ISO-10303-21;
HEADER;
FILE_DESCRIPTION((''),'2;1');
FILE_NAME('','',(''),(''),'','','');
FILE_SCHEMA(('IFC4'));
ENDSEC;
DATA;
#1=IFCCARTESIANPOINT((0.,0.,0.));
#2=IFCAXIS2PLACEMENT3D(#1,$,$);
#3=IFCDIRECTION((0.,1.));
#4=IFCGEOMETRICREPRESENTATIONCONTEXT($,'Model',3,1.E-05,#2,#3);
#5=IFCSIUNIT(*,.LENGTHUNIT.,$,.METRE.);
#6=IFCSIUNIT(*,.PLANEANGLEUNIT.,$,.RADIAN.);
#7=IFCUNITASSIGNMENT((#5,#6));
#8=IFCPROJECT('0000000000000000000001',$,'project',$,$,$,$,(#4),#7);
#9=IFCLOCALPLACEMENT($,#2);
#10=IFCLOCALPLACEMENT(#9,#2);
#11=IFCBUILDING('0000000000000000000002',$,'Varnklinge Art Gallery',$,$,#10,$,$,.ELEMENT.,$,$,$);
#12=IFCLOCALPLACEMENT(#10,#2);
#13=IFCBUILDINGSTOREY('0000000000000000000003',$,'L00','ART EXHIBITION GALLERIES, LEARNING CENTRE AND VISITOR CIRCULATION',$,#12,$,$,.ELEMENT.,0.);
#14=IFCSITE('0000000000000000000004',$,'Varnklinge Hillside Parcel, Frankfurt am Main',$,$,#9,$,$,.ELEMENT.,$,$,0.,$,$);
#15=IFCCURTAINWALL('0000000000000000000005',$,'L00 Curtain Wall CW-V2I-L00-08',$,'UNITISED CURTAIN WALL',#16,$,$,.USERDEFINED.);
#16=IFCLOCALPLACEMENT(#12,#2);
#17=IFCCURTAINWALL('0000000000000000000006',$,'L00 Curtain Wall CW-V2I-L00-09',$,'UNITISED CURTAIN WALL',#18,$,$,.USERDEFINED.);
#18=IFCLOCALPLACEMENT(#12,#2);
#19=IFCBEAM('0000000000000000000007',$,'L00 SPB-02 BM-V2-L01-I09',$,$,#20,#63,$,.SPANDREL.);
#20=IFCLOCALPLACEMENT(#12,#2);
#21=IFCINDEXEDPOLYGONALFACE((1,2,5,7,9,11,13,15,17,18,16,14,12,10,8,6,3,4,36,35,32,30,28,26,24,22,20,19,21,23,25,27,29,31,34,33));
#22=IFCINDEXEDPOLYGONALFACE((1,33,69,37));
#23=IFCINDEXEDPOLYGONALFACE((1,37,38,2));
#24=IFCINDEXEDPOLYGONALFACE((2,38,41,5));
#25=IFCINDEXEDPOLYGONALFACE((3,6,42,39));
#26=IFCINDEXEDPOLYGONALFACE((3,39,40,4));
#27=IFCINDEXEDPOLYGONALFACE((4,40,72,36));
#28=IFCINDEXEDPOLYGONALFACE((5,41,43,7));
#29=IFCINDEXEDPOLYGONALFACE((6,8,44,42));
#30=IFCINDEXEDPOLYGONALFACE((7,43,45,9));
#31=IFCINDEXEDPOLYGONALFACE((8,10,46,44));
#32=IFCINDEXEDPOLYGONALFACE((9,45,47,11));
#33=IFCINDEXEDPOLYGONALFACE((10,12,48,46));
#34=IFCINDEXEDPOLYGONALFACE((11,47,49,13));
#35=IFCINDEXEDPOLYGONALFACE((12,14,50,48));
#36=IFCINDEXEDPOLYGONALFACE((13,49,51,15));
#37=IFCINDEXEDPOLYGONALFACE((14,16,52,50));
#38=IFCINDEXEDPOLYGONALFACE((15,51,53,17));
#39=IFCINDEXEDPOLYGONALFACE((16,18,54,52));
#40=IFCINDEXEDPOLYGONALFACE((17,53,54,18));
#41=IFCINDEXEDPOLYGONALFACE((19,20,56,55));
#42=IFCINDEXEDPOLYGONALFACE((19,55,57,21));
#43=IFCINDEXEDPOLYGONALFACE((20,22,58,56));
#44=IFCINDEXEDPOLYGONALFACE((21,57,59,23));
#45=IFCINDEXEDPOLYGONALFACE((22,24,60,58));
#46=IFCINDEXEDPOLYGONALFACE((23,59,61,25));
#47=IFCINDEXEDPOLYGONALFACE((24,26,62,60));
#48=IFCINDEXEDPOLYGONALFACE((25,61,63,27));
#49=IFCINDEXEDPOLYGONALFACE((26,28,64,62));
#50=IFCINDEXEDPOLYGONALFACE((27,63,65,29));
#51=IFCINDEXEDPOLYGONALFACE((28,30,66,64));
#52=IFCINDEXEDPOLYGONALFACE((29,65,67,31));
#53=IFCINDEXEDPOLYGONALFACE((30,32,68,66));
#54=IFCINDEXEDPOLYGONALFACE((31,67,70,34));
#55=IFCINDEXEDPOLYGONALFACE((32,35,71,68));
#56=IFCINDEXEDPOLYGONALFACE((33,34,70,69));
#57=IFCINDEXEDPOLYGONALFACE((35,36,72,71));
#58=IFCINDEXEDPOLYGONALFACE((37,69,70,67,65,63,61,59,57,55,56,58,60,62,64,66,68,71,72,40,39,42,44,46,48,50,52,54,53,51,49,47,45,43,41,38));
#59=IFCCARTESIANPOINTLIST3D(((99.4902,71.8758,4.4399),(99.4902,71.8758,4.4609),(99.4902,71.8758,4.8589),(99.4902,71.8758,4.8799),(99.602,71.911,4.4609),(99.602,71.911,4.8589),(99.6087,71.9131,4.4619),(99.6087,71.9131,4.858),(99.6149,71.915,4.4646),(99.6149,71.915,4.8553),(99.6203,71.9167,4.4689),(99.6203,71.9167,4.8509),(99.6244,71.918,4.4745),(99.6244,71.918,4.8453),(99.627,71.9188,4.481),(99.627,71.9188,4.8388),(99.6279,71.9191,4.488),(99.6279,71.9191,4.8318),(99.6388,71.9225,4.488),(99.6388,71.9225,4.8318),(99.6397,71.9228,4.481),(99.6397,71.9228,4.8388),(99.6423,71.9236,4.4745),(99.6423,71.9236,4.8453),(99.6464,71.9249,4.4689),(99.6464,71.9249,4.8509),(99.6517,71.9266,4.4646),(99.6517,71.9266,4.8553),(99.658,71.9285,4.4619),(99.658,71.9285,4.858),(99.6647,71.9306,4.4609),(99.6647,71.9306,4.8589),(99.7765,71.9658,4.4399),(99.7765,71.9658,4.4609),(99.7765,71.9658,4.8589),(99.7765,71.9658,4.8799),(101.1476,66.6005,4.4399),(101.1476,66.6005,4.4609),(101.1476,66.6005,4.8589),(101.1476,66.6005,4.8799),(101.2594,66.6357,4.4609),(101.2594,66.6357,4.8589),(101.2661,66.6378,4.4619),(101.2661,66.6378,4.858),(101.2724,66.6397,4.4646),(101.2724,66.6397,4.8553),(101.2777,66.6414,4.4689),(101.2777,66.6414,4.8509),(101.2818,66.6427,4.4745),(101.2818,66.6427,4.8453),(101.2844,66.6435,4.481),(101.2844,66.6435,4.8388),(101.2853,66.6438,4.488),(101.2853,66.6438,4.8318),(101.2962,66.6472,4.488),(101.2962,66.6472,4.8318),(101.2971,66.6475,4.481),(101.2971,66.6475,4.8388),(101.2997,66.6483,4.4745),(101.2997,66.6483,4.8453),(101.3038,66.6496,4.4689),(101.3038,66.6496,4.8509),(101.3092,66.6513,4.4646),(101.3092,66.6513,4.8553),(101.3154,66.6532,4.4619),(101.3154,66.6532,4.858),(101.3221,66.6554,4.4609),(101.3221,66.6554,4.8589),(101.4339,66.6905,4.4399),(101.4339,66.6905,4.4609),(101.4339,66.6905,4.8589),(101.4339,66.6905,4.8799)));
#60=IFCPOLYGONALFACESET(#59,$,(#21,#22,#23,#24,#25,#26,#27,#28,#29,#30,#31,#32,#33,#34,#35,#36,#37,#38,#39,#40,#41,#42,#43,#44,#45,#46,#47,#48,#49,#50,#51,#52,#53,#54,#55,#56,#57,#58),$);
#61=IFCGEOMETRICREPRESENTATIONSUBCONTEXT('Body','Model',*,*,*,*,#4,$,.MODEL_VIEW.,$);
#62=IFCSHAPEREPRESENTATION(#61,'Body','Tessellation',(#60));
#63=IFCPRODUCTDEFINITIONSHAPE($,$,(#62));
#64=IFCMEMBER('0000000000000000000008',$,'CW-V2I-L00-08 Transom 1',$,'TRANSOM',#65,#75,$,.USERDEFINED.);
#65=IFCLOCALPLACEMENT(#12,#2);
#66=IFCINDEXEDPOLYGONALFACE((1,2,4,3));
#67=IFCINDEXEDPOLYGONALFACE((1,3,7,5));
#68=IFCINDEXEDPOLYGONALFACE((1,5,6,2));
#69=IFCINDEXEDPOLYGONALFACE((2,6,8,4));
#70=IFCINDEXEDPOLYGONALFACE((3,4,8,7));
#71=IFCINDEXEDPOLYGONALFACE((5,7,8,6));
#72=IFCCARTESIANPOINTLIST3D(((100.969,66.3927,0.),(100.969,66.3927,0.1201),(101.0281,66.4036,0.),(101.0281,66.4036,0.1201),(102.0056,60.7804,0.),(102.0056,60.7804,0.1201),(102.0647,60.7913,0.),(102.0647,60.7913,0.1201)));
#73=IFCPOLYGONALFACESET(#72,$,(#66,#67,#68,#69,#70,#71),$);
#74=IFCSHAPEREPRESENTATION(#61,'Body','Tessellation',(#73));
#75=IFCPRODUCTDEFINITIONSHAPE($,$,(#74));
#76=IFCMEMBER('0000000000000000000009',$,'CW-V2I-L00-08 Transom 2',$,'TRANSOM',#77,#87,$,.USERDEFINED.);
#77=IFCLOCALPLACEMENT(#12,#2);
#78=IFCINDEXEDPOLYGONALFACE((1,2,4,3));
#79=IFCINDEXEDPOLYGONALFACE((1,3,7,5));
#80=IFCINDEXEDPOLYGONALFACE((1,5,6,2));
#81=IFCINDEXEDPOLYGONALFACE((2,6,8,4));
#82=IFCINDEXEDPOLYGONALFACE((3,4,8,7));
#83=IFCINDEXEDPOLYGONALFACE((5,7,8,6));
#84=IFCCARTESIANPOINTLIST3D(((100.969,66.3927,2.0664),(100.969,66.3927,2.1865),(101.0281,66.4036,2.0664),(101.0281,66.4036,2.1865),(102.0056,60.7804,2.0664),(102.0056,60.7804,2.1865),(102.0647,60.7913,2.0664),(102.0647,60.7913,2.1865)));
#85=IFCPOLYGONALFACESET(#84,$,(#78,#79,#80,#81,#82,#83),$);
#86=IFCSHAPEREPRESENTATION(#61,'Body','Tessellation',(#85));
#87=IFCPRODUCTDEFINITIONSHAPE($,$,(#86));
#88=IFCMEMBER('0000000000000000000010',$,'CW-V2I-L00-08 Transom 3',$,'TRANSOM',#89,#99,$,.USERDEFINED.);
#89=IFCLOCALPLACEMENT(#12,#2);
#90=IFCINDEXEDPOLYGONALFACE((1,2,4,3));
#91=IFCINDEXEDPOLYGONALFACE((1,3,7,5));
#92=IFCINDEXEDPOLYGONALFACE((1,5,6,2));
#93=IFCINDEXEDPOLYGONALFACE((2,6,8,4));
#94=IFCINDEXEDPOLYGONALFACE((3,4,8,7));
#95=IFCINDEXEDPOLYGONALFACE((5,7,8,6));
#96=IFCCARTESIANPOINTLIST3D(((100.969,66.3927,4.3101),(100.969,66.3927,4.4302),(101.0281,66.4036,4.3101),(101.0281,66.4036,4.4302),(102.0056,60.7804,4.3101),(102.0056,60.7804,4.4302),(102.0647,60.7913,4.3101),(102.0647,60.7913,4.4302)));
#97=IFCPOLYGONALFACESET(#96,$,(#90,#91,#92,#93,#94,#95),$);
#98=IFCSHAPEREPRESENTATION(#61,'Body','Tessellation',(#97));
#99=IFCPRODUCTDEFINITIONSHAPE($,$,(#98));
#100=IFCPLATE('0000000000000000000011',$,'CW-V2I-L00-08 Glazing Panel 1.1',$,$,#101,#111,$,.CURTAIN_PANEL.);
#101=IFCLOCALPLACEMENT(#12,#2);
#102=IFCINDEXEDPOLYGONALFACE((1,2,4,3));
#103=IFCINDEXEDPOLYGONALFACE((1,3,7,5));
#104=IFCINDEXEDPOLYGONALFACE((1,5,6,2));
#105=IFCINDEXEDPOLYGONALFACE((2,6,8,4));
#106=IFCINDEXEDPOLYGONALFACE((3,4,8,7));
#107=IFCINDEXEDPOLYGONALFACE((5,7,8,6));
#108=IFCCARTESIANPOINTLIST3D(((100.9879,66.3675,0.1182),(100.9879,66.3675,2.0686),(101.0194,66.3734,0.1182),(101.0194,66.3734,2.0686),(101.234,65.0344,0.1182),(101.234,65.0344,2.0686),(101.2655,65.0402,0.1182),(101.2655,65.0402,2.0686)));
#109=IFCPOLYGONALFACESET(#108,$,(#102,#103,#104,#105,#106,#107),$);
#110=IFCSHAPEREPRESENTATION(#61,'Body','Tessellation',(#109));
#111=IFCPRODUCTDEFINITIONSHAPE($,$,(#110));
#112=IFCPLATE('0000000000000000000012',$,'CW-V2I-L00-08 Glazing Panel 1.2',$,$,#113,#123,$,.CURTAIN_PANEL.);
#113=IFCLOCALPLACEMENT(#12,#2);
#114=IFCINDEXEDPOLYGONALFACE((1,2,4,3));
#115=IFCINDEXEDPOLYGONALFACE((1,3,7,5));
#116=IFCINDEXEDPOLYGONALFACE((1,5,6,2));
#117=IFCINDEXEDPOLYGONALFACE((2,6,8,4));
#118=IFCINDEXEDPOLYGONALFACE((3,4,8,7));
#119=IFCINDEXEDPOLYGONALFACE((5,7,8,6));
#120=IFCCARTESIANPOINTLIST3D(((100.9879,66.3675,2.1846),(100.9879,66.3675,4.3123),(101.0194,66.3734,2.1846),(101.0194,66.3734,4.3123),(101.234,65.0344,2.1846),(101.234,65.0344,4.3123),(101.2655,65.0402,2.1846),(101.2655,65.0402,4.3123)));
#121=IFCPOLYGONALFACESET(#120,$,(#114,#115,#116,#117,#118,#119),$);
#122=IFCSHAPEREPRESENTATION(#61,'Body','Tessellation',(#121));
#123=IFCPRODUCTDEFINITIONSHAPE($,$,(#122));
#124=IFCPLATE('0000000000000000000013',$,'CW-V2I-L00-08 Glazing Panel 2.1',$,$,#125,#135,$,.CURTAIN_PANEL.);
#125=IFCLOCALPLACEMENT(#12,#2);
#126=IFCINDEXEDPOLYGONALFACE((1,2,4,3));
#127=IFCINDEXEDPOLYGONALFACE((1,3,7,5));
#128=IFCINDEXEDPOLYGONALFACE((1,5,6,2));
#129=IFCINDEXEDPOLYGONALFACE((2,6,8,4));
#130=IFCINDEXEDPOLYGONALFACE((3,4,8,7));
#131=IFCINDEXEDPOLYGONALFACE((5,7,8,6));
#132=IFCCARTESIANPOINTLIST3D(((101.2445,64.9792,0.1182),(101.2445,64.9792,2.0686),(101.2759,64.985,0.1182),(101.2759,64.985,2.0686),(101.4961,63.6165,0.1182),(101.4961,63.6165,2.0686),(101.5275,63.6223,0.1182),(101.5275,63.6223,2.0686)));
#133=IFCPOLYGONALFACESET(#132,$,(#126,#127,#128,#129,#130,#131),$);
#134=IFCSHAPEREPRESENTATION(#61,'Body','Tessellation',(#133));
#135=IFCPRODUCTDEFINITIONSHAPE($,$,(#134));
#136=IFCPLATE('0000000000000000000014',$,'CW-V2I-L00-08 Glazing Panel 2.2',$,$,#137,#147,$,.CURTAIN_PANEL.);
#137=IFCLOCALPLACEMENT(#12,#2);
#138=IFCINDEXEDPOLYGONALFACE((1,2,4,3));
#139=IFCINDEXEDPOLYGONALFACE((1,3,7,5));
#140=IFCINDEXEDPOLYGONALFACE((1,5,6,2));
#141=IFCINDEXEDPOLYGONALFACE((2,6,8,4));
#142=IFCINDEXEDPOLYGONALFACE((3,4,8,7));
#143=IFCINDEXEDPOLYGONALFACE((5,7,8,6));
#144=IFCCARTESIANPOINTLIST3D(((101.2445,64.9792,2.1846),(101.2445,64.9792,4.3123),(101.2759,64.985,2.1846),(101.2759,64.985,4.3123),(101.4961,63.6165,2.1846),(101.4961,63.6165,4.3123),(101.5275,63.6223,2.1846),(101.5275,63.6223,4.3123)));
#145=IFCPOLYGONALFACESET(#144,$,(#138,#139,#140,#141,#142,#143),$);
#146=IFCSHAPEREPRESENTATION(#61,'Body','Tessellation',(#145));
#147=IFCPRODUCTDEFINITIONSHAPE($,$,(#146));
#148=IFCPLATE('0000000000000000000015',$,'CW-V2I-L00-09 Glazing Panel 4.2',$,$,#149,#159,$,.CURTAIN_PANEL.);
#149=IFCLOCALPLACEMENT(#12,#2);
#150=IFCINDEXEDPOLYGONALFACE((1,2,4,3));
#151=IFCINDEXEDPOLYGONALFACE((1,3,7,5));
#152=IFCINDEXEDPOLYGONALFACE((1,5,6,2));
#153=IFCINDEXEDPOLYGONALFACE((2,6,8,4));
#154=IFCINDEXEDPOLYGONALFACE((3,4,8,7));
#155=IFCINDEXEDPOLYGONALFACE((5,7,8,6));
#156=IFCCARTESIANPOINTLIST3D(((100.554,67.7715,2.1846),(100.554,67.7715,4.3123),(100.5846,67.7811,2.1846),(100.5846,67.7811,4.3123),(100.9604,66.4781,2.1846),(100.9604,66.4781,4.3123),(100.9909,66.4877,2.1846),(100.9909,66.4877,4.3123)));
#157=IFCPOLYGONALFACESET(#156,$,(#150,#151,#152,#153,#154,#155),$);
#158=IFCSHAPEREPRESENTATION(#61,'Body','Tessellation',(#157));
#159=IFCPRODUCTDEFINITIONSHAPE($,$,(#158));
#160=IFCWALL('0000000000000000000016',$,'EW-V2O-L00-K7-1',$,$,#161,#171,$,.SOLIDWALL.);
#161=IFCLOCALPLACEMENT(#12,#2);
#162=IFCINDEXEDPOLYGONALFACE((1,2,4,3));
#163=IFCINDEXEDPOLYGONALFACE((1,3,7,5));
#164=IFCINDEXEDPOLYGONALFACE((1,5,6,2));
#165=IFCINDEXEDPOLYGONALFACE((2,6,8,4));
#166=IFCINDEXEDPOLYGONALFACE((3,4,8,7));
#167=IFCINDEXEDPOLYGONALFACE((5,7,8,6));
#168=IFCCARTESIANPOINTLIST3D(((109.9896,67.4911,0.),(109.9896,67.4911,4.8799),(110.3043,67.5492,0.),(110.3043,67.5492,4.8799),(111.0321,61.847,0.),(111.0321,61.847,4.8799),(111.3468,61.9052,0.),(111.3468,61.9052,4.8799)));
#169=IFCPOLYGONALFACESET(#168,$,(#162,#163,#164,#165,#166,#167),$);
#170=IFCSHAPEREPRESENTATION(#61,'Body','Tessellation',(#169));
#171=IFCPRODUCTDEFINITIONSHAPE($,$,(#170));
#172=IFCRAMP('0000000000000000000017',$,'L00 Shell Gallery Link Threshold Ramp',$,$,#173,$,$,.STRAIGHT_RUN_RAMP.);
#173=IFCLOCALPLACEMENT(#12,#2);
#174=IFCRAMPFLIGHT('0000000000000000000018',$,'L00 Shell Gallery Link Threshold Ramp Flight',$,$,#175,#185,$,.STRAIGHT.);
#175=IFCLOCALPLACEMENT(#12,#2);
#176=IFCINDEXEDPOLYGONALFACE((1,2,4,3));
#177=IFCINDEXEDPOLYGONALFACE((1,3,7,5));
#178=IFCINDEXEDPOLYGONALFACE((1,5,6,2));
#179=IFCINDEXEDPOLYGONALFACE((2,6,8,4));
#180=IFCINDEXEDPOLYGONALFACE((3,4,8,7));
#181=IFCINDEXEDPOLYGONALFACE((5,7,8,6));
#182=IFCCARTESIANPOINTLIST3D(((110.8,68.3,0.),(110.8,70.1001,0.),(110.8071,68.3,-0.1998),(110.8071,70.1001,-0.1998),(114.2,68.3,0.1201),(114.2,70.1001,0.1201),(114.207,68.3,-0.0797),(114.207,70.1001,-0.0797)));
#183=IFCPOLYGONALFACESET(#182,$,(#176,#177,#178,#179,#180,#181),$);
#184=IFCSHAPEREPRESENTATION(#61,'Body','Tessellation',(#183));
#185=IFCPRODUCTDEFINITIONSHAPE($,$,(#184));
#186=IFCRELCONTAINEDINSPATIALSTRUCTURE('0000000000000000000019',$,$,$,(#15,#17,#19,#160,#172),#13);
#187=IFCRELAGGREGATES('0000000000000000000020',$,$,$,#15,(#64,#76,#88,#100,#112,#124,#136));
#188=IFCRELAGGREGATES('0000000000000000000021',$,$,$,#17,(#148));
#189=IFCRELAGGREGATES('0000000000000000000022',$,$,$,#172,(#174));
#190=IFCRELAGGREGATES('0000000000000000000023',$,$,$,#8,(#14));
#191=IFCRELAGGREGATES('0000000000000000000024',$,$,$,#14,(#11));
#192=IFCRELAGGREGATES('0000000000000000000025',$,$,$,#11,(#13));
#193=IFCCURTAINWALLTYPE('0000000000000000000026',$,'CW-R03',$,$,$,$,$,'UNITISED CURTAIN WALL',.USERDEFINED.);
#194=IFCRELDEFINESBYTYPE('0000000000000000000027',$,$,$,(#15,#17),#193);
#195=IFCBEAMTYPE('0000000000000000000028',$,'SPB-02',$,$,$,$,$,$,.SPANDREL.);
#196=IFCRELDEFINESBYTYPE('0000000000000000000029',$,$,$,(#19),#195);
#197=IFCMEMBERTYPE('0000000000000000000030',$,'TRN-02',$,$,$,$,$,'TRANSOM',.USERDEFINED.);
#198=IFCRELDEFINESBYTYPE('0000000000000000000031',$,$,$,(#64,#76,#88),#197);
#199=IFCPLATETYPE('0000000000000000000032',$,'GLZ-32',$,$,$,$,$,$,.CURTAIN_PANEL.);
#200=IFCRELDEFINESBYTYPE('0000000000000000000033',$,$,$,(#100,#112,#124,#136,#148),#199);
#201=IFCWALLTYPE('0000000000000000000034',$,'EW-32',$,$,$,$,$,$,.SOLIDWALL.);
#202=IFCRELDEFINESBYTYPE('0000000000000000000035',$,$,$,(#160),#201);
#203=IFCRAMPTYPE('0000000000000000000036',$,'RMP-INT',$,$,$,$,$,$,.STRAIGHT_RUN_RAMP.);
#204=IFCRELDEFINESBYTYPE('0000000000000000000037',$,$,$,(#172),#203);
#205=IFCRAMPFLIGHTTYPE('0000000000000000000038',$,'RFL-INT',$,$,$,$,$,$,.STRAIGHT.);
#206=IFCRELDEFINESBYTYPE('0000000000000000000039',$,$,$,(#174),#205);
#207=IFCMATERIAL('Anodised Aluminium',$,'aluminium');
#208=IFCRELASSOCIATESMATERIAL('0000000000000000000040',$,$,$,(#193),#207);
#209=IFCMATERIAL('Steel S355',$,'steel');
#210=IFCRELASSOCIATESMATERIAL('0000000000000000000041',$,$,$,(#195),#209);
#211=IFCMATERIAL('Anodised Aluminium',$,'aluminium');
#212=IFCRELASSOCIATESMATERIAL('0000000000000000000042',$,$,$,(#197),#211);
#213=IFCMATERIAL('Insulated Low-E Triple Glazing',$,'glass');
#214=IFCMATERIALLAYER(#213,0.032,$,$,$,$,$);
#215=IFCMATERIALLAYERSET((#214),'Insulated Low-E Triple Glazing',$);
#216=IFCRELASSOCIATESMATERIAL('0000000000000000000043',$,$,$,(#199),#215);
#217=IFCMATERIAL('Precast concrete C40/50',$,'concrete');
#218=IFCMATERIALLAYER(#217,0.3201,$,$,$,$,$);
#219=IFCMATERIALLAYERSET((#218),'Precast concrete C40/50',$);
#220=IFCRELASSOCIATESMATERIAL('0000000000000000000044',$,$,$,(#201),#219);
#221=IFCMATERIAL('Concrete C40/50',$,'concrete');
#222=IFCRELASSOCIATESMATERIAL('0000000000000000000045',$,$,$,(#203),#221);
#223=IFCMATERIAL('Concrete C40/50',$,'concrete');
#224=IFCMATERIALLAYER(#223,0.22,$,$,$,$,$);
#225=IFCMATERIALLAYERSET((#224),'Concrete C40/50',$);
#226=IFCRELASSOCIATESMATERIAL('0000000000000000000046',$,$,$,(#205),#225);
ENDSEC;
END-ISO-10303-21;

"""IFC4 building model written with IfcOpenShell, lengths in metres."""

from ifc_helpers import new_model, si_unit, direction, frame, frame_2d, origin, origin_2d, place, context, subcontext, project, spatial, polyline, rectangle, i_section, outline, extrude, material, layer, layer_set, material_profile, profile_set, type_object, element, aggregate, save


model = new_model("IFC4")

# Units and contexts
model_context = context("Model", 3, precision=1e-05, world=origin(), true_north=direction((0.0, 1.0)))
body_context = subcontext(model_context, "Body", "Model", "MODEL_VIEW")
ifc_project = project(units=[si_unit("LENGTHUNIT", "METRE"), si_unit("PLANEANGLEUNIT", "RADIAN")], contexts=[model_context])

# Site, building, storey
site_placement = place(None, origin())
site = spatial("IfcSite", under=ifc_project, at=site_placement, Name="Varnklinge Hillside Parcel, Frankfurt am Main", CompositionType="ELEMENT", RefElevation=0.0)
building_placement = place(site_placement, origin())
building = spatial("IfcBuilding", under=site, at=building_placement, Name="Varnklinge Art Gallery", CompositionType="ELEMENT")
storey_placement = place(building_placement, origin())
storey = spatial("IfcBuildingStorey", under=building, at=storey_placement, Name="L00", Description="ART EXHIBITION GALLERIES, LEARNING CENTRE AND VISITOR CIRCULATION", CompositionType="ELEMENT", Elevation=0.0)

# Curtain wall
ifc_material_1 = material(Name="Anodised Aluminium", Category="aluminium")
curtain_wall_type = type_object("IfcCurtainWallType", Name="CW-R03", ElementType="UNITISED CURTAIN WALL", PredefinedType="USERDEFINED", material=ifc_material_1)
curtain_wall_1_placement = place(storey_placement, origin())
curtain_wall_1 = element("IfcCurtainWall", 1, at=curtain_wall_1_placement, inside=storey, type_object=curtain_wall_type, Name="L00 Curtain Wall CW-V2I-L00-08", ObjectType="UNITISED CURTAIN WALL", PredefinedType="USERDEFINED")

# Curtain wall
curtain_wall_2_placement = place(storey_placement, origin())
curtain_wall_2 = element("IfcCurtainWall", 2, at=curtain_wall_2_placement, inside=storey, type_object=curtain_wall_type, Name="L00 Curtain Wall CW-V2I-L00-09", ObjectType="UNITISED CURTAIN WALL", PredefinedType="USERDEFINED")

# Beam
ifc_material_2 = material(Name="Steel S355", Category="steel")
ifc_material_profile_1 = material_profile(ifc_material_2, i_section(OverallWidth=0.3, OverallDepth=0.4399, WebThickness=0.0115, FlangeThickness=0.021, FilletRadius=0.0271, at=origin_2d()), Name="HEA 450")
ifc_profile_set_1 = profile_set([ifc_material_profile_1], Name="Steel S355")
beam_type_1 = type_object("IfcBeamType", Name="SPB-02", PredefinedType="SPANDREL", material=ifc_profile_set_1)
beam_1_placement = place(storey_placement, frame((101.2908, 66.6455, 4.6599), z_axis=(-0.299743, 0.95402, 0.0), x_axis=(-0.95402, -0.299743, 0.0)))
element("IfcBeam", 3, at=beam_1_placement, inside=storey, type_object=beam_type_1, Name="L00 SPB-02 BM-V2-L01-I09", PredefinedType="SPANDREL", context=body_context, shape_type="SweptSolid", body=[
    extrude(i_section(OverallWidth=0.3, OverallDepth=0.4399, WebThickness=0.0115, FlangeThickness=0.021, FilletRadius=0.0271, at=origin_2d()), origin(), (0.0, 0.0, 1.0), 5.5295),
])

# Members
ifc_material_3 = material(Name="Anodised Aluminium", Category="aluminium")
ifc_material_profile_2 = material_profile(ifc_material_3, rectangle(XDim=0.0601, YDim=0.1201, at=origin_2d()), Name="ALU 60x120")
ifc_profile_set_2 = profile_set([ifc_material_profile_2], Name="Anodised Aluminium")
member_type_1 = type_object("IfcMemberType", Name="TRN-02", ElementType="TRANSOM", PredefinedType="USERDEFINED", material=ifc_profile_set_2)
member_1_placement = place(storey_placement, frame((100.9985, 66.3982, 0.0601), z_axis=(0.181633, -0.983366, 0.0), x_axis=(0.983366, 0.181633, 0.0)))
member_1 = element("IfcMember", 4, at=member_1_placement, type_object=member_type_1, Name="CW-V2I-L00-08 Transom 1", ObjectType="TRANSOM", PredefinedType="USERDEFINED", context=body_context, shape_type="SweptSolid", body=[
    extrude(rectangle(XDim=0.0601, YDim=0.1201, at=origin_2d()), origin(), (0.0, 0.0, 1.0), 5.7073),
])
member_2_placement = place(storey_placement, frame((100.9985, 66.3982, 2.1265), z_axis=(0.181633, -0.983366, 0.0), x_axis=(0.983366, 0.181633, 0.0)))
member_2 = element("IfcMember", 5, at=member_2_placement, type_object=member_type_1, Name="CW-V2I-L00-08 Transom 2", ObjectType="TRANSOM", PredefinedType="USERDEFINED", context=body_context, shape_type="SweptSolid", body=[
    extrude(rectangle(XDim=0.0601, YDim=0.1201, at=origin_2d()), origin(), (0.0, 0.0, 1.0), 5.7073),
])
member_3_placement = place(storey_placement, frame((100.9985, 66.3982, 4.3701), z_axis=(0.181633, -0.983366, 0.0), x_axis=(0.983366, 0.181633, 0.0)))
member_3 = element("IfcMember", 6, at=member_3_placement, type_object=member_type_1, Name="CW-V2I-L00-08 Transom 3", ObjectType="TRANSOM", PredefinedType="USERDEFINED", context=body_context, shape_type="SweptSolid", body=[
    extrude(rectangle(XDim=0.0601, YDim=0.1201, at=origin_2d()), origin(), (0.0, 0.0, 1.0), 5.7073),
])

# Plates
ifc_material_4 = material(Name="Insulated Low-E Triple Glazing", Category="glass")
ifc_layer_1 = layer(ifc_material_4, 0.032)
ifc_layer_set_1 = layer_set([ifc_layer_1], Name="Insulated Low-E Triple Glazing")
plate_type = type_object("IfcPlateType", Name="GLZ-32", PredefinedType="CURTAIN_PANEL", material=ifc_layer_set_1)
plate_1_placement = place(storey_placement, frame((101.1267, 65.7039, 0.1182), z_axis=(0.0, 0.0, 1.0), x_axis=(0.181549, -0.983382, 0.0)))
plate_1 = element("IfcPlate", 7, at=plate_1_placement, type_object=plate_type, Name="CW-V2I-L00-08 Glazing Panel 1.1", PredefinedType="CURTAIN_PANEL", context=body_context, shape_type="SweptSolid", body=[
    extrude(rectangle(XDim=1.3557, YDim=0.032, at=origin_2d()), origin(), (0.0, 0.0, 1.0), 1.9504),
])
plate_2_placement = place(storey_placement, frame((101.1267, 65.7039, 2.1846), z_axis=(0.0, 0.0, 1.0), x_axis=(0.181549, -0.983382, 0.0)))
plate_2 = element("IfcPlate", 8, at=plate_2_placement, type_object=plate_type, Name="CW-V2I-L00-08 Glazing Panel 1.2", PredefinedType="CURTAIN_PANEL", context=body_context, shape_type="SweptSolid", body=[
    extrude(rectangle(XDim=1.3557, YDim=0.032, at=origin_2d()), origin(), (0.0, 0.0, 1.0), 2.1277),
])
plate_3_placement = place(storey_placement, frame((101.386, 64.3008, 0.1182), z_axis=(0.0, 0.0, 1.0), x_axis=(0.181549, -0.983382, 0.0)))
plate_3 = element("IfcPlate", 9, at=plate_3_placement, type_object=plate_type, Name="CW-V2I-L00-08 Glazing Panel 2.1", PredefinedType="CURTAIN_PANEL", context=body_context, shape_type="SweptSolid", body=[
    extrude(rectangle(XDim=1.3857, YDim=0.032, at=origin_2d()), origin(), (0.0, 0.0, 1.0), 1.9504),
])
plate_4_placement = place(storey_placement, frame((101.386, 64.3008, 2.1846), z_axis=(0.0, 0.0, 1.0), x_axis=(0.181549, -0.983382, 0.0)))
plate_4 = element("IfcPlate", 10, at=plate_4_placement, type_object=plate_type, Name="CW-V2I-L00-08 Glazing Panel 2.2", PredefinedType="CURTAIN_PANEL", context=body_context, shape_type="SweptSolid", body=[
    extrude(rectangle(XDim=1.3857, YDim=0.032, at=origin_2d()), origin(), (0.0, 0.0, 1.0), 2.1277),
])
aggregate(curtain_wall_1, [member_1, member_2, member_3, plate_1, plate_2, plate_3, plate_4])
plate_5_placement = place(storey_placement, frame((100.7725, 67.1296, 2.1846), z_axis=(0.0, 0.0, 1.0), x_axis=(0.299707, -0.954031, 0.0)))
plate_5 = element("IfcPlate", 11, at=plate_5_placement, type_object=plate_type, Name="CW-V2I-L00-09 Glazing Panel 4.2", PredefinedType="CURTAIN_PANEL", context=body_context, shape_type="SweptSolid", body=[
    extrude(rectangle(XDim=1.3557, YDim=0.032, at=origin_2d()), origin(), (0.0, 0.0, 1.0), 2.1277),
])
aggregate(curtain_wall_2, [plate_5])

# Wall
ifc_material_5 = material(Name="Precast concrete C40/50", Category="concrete")
ifc_layer_2 = layer(ifc_material_5, 0.3201)
ifc_layer_set_2 = layer_set([ifc_layer_2], Name="Precast concrete C40/50")
wall_type = type_object("IfcWallType", Name="EW-32", PredefinedType="SOLIDWALL", material=ifc_layer_set_2)
wall_placement = place(storey_placement, frame((110.147, 67.52, 0.0), z_axis=(0.0, 0.0, 1.0), x_axis=(0.181632, -0.983367, 0.0)))
element("IfcWall", 12, at=wall_placement, inside=storey, type_object=wall_type, Name="EW-V2O-L00-K7-1", PredefinedType="SOLIDWALL", context=body_context, shape_type="SweptSolid", body=[
    extrude(rectangle(XDim=5.7395, YDim=0.3201, at=frame_2d((2.8696, 0.0))), origin(), (0.0, 0.0, 1.0), 4.8799),
])

# Ramp, ramp flight
ifc_material_6 = material(Name="Concrete C40/50", Category="concrete")
ramp_type = type_object("IfcRampType", Name="RMP-INT", PredefinedType="STRAIGHT_RUN_RAMP", material=ifc_material_6)
ramp_placement = place(storey_placement, origin())
ramp = element("IfcRamp", 13, at=ramp_placement, inside=storey, type_object=ramp_type, Name="L00 Shell Gallery Link Threshold Ramp", PredefinedType="STRAIGHT_RUN_RAMP")
ifc_material_7 = material(Name="Concrete C40/50", Category="concrete")
ifc_layer_3 = layer(ifc_material_7, 0.22)
ifc_layer_set_3 = layer_set([ifc_layer_3], Name="Concrete C40/50")
ramp_flight_type = type_object("IfcRampFlightType", Name="RFL-INT", PredefinedType="STRAIGHT", material=ifc_layer_set_3)
ramp_flight_placement = place(storey_placement, frame((110.8, 68.3, 0.0), z_axis=(-0.035308, 0.0, 0.999376), x_axis=(0.999376, 0.0, 0.035308)))
ramp_flight = element("IfcRampFlight", 14, at=ramp_flight_placement, type_object=ramp_flight_type, Name="L00 Shell Gallery Link Threshold Ramp Flight", PredefinedType="STRAIGHT", context=body_context, shape_type="SweptSolid", body=[
    extrude(outline(polyline([(0.0, 0.0), (3.402, 0.0), (3.402, 1.8), (0.0, 1.8), (0.0, 0.0)])), origin(), (0.0, 0.0, -1.0), 0.2),
])
aggregate(ramp, [ramp_flight])

save(model, "model.ifc")
